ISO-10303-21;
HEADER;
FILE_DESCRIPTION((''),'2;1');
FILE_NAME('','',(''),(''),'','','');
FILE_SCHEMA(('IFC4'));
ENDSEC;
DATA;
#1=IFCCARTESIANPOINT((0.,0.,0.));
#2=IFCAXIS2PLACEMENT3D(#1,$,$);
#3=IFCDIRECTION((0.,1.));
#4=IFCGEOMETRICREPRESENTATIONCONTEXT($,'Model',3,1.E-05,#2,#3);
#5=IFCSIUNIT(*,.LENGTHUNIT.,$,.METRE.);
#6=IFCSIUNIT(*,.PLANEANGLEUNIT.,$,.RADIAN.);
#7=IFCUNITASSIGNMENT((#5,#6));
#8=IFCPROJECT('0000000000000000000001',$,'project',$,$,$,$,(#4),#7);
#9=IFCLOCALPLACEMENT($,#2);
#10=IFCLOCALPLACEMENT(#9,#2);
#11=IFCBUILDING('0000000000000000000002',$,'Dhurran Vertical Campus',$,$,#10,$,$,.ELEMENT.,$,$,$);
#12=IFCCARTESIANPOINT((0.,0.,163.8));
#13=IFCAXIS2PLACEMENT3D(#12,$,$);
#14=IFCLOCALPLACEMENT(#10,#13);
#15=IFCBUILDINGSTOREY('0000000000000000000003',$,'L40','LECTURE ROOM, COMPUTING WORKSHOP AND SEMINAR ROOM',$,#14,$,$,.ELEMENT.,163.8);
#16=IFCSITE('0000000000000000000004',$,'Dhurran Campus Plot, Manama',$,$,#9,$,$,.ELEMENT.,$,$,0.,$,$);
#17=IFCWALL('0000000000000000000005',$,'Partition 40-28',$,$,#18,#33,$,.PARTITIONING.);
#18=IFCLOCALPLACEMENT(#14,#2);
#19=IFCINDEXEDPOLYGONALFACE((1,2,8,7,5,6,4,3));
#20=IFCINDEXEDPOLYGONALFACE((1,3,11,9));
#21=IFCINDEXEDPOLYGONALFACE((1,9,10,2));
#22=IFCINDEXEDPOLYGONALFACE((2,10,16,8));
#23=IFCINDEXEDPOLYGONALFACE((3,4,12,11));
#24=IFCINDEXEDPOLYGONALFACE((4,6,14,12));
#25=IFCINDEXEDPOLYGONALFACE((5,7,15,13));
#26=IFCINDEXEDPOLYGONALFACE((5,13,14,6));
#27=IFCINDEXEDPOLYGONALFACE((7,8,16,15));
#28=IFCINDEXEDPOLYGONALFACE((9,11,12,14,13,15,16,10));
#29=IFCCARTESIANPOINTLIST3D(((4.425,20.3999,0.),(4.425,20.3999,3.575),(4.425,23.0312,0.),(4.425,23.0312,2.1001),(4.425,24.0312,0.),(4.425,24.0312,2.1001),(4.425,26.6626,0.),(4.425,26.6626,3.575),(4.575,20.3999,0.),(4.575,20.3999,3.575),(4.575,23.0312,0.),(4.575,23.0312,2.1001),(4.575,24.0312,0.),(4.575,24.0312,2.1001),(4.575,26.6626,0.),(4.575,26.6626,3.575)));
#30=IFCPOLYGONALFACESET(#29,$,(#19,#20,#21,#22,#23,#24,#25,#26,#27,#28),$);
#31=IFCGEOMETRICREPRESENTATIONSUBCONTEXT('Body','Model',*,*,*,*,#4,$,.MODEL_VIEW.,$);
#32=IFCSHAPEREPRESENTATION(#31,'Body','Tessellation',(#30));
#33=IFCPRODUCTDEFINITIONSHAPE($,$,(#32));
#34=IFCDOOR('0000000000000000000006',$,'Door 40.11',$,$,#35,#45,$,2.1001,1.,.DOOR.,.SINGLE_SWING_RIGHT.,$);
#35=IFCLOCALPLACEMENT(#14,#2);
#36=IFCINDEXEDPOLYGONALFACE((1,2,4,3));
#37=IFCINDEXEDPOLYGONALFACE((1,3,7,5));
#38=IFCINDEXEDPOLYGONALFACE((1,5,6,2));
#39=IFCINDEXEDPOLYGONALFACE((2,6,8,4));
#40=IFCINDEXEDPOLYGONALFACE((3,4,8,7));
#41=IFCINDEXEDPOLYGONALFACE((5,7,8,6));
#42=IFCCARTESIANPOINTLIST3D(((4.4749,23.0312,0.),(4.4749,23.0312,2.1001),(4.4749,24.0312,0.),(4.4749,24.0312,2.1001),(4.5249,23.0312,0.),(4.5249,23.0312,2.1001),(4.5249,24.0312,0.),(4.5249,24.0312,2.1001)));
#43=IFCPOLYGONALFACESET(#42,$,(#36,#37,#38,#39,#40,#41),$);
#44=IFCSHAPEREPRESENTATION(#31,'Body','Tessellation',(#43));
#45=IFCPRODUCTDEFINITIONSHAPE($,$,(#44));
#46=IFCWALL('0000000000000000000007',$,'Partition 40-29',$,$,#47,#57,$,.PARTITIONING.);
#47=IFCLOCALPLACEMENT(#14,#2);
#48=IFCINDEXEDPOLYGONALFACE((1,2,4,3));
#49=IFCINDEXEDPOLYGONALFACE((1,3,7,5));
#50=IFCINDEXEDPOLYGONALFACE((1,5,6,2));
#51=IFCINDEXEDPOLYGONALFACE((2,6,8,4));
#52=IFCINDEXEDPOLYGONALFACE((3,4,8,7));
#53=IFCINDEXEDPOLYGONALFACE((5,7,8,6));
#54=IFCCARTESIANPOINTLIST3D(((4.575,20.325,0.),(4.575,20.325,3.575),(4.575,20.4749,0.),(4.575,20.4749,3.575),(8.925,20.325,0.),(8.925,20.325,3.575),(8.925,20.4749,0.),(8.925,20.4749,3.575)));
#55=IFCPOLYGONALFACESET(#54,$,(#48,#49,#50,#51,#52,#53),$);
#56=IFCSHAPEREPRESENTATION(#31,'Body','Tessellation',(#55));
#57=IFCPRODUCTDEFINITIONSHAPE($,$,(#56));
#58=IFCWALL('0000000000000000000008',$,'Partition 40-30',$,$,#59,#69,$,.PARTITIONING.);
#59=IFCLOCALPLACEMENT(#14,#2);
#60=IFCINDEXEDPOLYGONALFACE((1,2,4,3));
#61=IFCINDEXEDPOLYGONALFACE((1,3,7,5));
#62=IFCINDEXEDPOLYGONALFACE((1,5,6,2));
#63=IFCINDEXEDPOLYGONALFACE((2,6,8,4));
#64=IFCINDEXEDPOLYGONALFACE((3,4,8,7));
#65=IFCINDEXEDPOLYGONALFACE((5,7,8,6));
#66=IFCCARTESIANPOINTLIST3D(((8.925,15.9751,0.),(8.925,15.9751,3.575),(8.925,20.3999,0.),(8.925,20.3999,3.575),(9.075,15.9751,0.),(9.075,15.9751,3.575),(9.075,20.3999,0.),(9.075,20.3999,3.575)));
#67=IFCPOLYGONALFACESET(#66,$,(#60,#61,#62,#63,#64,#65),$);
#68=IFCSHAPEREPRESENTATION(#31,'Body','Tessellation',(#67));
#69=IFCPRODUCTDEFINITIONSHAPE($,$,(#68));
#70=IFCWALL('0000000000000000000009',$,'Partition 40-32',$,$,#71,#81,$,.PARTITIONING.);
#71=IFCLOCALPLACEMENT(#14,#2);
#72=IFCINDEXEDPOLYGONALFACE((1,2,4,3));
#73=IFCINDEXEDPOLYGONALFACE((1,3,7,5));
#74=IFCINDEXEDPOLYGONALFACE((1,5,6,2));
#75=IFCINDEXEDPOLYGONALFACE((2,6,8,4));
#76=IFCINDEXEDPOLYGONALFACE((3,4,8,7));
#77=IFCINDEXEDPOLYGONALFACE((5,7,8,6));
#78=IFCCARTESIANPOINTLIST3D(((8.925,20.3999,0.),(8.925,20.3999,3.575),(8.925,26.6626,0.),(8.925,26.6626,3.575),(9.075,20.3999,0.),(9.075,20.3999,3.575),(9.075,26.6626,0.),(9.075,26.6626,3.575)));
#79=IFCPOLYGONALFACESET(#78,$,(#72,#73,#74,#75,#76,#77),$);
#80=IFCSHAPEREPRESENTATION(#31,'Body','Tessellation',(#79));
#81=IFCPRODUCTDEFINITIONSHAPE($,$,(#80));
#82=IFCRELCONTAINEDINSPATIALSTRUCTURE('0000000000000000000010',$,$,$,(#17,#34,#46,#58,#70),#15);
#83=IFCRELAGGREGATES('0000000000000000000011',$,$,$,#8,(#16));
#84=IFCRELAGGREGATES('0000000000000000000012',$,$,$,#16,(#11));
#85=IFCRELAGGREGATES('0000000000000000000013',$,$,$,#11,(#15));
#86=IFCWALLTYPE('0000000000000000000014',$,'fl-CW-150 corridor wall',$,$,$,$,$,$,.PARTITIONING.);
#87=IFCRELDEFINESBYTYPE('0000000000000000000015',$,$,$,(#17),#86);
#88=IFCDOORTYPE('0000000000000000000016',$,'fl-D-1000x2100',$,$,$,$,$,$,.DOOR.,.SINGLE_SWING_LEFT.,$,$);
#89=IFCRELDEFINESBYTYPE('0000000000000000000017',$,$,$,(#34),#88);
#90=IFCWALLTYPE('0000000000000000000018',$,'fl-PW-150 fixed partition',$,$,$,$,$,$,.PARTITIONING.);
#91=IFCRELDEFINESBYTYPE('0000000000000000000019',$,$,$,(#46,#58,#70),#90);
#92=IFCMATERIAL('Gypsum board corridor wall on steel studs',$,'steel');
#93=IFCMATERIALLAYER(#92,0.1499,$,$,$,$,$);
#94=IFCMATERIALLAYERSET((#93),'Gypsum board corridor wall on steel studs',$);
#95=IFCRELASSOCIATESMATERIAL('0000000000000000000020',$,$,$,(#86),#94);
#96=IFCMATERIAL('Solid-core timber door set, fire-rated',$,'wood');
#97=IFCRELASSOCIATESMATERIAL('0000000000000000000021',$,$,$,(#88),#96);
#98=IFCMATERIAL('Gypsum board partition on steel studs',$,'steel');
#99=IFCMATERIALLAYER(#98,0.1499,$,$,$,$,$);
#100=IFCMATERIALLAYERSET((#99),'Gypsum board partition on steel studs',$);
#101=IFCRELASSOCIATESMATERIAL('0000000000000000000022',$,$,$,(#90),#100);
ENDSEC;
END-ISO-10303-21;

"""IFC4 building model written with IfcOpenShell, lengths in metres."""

from ifc_helpers import new_model, si_unit, direction, frame, frame_2d, origin, place, context, subcontext, project, spatial, rectangle, extrude, material, layer, layer_set, type_object, element, fill, save


model = new_model("IFC4")

# Units and contexts
model_context = context("Model", 3, precision=1e-05, world=origin(), true_north=direction((0.0, 1.0)))
body_context = subcontext(model_context, "Body", "Model", "MODEL_VIEW")
ifc_project = project(units=[si_unit("LENGTHUNIT", "METRE"), si_unit("PLANEANGLEUNIT", "RADIAN")], contexts=[model_context])

# Site, building, storey
site_placement = place(None, origin())
site = spatial("IfcSite", under=ifc_project, at=site_placement, Name="Dhurran Campus Plot, Manama", CompositionType="ELEMENT", RefElevation=0.0)
building_placement = place(site_placement, origin())
building = spatial("IfcBuilding", under=site, at=building_placement, Name="Dhurran Vertical Campus", CompositionType="ELEMENT")
storey_placement = place(building_placement, frame((0.0, 0.0, 163.8)))
storey = spatial("IfcBuildingStorey", under=building, at=storey_placement, Name="L40", Description="LECTURE ROOM, COMPUTING WORKSHOP AND SEMINAR ROOM", CompositionType="ELEMENT", Elevation=163.8)

# Shared definitions
ifc_material_1 = material(Name="Gypsum board corridor wall on steel studs", Category="steel")
ifc_layer_1 = layer(ifc_material_1, 0.1499)
ifc_layer_set_1 = layer_set([ifc_layer_1], Name="Gypsum board corridor wall on steel studs")
wall_type_1 = type_object("IfcWallType", Name="fl-CW-150 corridor wall", PredefinedType="PARTITIONING", material=ifc_layer_set_1)
ifc_material_2 = material(Name="Solid-core timber door set, fire-rated", Category="wood")
door_type_1 = type_object("IfcDoorType", Name="fl-D-1000x2100", OperationType="SINGLE_SWING_LEFT", PredefinedType="DOOR", material=ifc_material_2)

# Wall, opening, door
wall_1_placement = place(storey_placement, frame((4.5, 26.6626, 0.0), z_axis=(0.0, 0.0, 1.0), x_axis=(0.0, -1.0, 0.0)))
wall_1 = element("IfcWall", 1, at=wall_1_placement, inside=storey, type_object=wall_type_1, Name="Partition 40-28", PredefinedType="PARTITIONING", context=body_context, shape_type="SweptSolid", body=[
    extrude(rectangle(XDim=6.2627, YDim=0.1499, at=frame_2d((3.1313, 0.0))), origin(), (0.0, 0.0, 1.0), 3.575),
])
opening_1_placement = place(wall_1_placement, frame((2.6313, 0.0, 0.0)))
opening_1 = element("IfcOpeningElement", 2, at=opening_1_placement, cuts=wall_1, PredefinedType="OPENING", context=body_context, shape_type="SweptSolid", body=[
    extrude(rectangle(XDim=1.0, YDim=2.1001, at=frame_2d((0.5, 1.05))), frame((0.0, 0.085, 0.0), z_axis=(0.0, -1.0, 0.0), x_axis=(1.0, 0.0, 0.0)), (0.0, 0.0, 1.0), 0.1699),
])
door_1_placement = place(opening_1_placement, origin())
door_1 = element("IfcDoor", 3, at=door_1_placement, inside=storey, type_object=door_type_1, Name="Door 40.11", OperationType="SINGLE_SWING_RIGHT", OverallHeight=2.1001, OverallWidth=1.0, PredefinedType="DOOR", context=body_context, shape_type="SweptSolid", body=[
    extrude(rectangle(XDim=1.0, YDim=2.1001, at=frame_2d((0.5, 1.05))), frame((0.0, 0.0249, 0.0), z_axis=(0.0, -1.0, 0.0), x_axis=(1.0, 0.0, 0.0)), (0.0, 0.0, 1.0), 0.05),
])
fill(opening_1, door_1)

# Walls
ifc_material_3 = material(Name="Gypsum board partition on steel studs", Category="steel")
ifc_layer_2 = layer(ifc_material_3, 0.1499)
ifc_layer_set_2 = layer_set([ifc_layer_2], Name="Gypsum board partition on steel studs")
wall_type_2 = type_object("IfcWallType", Name="fl-PW-150 fixed partition", PredefinedType="PARTITIONING", material=ifc_layer_set_2)
wall_2_placement = place(storey_placement, frame((4.575, 20.3999, 0.0), z_axis=(0.0, 0.0, 1.0), x_axis=(1.0, 0.0, 0.0)))
element("IfcWall", 4, at=wall_2_placement, inside=storey, type_object=wall_type_2, Name="Partition 40-29", PredefinedType="PARTITIONING", context=body_context, shape_type="SweptSolid", body=[
    extrude(rectangle(XDim=4.3501, YDim=0.1499, at=frame_2d((2.175, 0.0))), origin(), (0.0, 0.0, 1.0), 3.575),
])
wall_3_placement = place(storey_placement, frame((9.0, 20.3999, 0.0), z_axis=(0.0, 0.0, 1.0), x_axis=(0.0, -1.0, 0.0)))
element("IfcWall", 5, at=wall_3_placement, inside=storey, type_object=wall_type_2, Name="Partition 40-30", PredefinedType="PARTITIONING", context=body_context, shape_type="SweptSolid", body=[
    extrude(rectangle(XDim=4.4248, YDim=0.1499, at=frame_2d((2.2124, 0.0))), origin(), (0.0, 0.0, 1.0), 3.575),
])
wall_4_placement = place(storey_placement, frame((9.0, 26.6626, 0.0), z_axis=(0.0, 0.0, 1.0), x_axis=(0.0, -1.0, 0.0)))
element("IfcWall", 6, at=wall_4_placement, inside=storey, type_object=wall_type_2, Name="Partition 40-32", PredefinedType="PARTITIONING", context=body_context, shape_type="SweptSolid", body=[
    extrude(rectangle(XDim=6.2627, YDim=0.1499, at=frame_2d((3.1313, 0.0))), origin(), (0.0, 0.0, 1.0), 3.575),
])

save(model, "model.ifc")
